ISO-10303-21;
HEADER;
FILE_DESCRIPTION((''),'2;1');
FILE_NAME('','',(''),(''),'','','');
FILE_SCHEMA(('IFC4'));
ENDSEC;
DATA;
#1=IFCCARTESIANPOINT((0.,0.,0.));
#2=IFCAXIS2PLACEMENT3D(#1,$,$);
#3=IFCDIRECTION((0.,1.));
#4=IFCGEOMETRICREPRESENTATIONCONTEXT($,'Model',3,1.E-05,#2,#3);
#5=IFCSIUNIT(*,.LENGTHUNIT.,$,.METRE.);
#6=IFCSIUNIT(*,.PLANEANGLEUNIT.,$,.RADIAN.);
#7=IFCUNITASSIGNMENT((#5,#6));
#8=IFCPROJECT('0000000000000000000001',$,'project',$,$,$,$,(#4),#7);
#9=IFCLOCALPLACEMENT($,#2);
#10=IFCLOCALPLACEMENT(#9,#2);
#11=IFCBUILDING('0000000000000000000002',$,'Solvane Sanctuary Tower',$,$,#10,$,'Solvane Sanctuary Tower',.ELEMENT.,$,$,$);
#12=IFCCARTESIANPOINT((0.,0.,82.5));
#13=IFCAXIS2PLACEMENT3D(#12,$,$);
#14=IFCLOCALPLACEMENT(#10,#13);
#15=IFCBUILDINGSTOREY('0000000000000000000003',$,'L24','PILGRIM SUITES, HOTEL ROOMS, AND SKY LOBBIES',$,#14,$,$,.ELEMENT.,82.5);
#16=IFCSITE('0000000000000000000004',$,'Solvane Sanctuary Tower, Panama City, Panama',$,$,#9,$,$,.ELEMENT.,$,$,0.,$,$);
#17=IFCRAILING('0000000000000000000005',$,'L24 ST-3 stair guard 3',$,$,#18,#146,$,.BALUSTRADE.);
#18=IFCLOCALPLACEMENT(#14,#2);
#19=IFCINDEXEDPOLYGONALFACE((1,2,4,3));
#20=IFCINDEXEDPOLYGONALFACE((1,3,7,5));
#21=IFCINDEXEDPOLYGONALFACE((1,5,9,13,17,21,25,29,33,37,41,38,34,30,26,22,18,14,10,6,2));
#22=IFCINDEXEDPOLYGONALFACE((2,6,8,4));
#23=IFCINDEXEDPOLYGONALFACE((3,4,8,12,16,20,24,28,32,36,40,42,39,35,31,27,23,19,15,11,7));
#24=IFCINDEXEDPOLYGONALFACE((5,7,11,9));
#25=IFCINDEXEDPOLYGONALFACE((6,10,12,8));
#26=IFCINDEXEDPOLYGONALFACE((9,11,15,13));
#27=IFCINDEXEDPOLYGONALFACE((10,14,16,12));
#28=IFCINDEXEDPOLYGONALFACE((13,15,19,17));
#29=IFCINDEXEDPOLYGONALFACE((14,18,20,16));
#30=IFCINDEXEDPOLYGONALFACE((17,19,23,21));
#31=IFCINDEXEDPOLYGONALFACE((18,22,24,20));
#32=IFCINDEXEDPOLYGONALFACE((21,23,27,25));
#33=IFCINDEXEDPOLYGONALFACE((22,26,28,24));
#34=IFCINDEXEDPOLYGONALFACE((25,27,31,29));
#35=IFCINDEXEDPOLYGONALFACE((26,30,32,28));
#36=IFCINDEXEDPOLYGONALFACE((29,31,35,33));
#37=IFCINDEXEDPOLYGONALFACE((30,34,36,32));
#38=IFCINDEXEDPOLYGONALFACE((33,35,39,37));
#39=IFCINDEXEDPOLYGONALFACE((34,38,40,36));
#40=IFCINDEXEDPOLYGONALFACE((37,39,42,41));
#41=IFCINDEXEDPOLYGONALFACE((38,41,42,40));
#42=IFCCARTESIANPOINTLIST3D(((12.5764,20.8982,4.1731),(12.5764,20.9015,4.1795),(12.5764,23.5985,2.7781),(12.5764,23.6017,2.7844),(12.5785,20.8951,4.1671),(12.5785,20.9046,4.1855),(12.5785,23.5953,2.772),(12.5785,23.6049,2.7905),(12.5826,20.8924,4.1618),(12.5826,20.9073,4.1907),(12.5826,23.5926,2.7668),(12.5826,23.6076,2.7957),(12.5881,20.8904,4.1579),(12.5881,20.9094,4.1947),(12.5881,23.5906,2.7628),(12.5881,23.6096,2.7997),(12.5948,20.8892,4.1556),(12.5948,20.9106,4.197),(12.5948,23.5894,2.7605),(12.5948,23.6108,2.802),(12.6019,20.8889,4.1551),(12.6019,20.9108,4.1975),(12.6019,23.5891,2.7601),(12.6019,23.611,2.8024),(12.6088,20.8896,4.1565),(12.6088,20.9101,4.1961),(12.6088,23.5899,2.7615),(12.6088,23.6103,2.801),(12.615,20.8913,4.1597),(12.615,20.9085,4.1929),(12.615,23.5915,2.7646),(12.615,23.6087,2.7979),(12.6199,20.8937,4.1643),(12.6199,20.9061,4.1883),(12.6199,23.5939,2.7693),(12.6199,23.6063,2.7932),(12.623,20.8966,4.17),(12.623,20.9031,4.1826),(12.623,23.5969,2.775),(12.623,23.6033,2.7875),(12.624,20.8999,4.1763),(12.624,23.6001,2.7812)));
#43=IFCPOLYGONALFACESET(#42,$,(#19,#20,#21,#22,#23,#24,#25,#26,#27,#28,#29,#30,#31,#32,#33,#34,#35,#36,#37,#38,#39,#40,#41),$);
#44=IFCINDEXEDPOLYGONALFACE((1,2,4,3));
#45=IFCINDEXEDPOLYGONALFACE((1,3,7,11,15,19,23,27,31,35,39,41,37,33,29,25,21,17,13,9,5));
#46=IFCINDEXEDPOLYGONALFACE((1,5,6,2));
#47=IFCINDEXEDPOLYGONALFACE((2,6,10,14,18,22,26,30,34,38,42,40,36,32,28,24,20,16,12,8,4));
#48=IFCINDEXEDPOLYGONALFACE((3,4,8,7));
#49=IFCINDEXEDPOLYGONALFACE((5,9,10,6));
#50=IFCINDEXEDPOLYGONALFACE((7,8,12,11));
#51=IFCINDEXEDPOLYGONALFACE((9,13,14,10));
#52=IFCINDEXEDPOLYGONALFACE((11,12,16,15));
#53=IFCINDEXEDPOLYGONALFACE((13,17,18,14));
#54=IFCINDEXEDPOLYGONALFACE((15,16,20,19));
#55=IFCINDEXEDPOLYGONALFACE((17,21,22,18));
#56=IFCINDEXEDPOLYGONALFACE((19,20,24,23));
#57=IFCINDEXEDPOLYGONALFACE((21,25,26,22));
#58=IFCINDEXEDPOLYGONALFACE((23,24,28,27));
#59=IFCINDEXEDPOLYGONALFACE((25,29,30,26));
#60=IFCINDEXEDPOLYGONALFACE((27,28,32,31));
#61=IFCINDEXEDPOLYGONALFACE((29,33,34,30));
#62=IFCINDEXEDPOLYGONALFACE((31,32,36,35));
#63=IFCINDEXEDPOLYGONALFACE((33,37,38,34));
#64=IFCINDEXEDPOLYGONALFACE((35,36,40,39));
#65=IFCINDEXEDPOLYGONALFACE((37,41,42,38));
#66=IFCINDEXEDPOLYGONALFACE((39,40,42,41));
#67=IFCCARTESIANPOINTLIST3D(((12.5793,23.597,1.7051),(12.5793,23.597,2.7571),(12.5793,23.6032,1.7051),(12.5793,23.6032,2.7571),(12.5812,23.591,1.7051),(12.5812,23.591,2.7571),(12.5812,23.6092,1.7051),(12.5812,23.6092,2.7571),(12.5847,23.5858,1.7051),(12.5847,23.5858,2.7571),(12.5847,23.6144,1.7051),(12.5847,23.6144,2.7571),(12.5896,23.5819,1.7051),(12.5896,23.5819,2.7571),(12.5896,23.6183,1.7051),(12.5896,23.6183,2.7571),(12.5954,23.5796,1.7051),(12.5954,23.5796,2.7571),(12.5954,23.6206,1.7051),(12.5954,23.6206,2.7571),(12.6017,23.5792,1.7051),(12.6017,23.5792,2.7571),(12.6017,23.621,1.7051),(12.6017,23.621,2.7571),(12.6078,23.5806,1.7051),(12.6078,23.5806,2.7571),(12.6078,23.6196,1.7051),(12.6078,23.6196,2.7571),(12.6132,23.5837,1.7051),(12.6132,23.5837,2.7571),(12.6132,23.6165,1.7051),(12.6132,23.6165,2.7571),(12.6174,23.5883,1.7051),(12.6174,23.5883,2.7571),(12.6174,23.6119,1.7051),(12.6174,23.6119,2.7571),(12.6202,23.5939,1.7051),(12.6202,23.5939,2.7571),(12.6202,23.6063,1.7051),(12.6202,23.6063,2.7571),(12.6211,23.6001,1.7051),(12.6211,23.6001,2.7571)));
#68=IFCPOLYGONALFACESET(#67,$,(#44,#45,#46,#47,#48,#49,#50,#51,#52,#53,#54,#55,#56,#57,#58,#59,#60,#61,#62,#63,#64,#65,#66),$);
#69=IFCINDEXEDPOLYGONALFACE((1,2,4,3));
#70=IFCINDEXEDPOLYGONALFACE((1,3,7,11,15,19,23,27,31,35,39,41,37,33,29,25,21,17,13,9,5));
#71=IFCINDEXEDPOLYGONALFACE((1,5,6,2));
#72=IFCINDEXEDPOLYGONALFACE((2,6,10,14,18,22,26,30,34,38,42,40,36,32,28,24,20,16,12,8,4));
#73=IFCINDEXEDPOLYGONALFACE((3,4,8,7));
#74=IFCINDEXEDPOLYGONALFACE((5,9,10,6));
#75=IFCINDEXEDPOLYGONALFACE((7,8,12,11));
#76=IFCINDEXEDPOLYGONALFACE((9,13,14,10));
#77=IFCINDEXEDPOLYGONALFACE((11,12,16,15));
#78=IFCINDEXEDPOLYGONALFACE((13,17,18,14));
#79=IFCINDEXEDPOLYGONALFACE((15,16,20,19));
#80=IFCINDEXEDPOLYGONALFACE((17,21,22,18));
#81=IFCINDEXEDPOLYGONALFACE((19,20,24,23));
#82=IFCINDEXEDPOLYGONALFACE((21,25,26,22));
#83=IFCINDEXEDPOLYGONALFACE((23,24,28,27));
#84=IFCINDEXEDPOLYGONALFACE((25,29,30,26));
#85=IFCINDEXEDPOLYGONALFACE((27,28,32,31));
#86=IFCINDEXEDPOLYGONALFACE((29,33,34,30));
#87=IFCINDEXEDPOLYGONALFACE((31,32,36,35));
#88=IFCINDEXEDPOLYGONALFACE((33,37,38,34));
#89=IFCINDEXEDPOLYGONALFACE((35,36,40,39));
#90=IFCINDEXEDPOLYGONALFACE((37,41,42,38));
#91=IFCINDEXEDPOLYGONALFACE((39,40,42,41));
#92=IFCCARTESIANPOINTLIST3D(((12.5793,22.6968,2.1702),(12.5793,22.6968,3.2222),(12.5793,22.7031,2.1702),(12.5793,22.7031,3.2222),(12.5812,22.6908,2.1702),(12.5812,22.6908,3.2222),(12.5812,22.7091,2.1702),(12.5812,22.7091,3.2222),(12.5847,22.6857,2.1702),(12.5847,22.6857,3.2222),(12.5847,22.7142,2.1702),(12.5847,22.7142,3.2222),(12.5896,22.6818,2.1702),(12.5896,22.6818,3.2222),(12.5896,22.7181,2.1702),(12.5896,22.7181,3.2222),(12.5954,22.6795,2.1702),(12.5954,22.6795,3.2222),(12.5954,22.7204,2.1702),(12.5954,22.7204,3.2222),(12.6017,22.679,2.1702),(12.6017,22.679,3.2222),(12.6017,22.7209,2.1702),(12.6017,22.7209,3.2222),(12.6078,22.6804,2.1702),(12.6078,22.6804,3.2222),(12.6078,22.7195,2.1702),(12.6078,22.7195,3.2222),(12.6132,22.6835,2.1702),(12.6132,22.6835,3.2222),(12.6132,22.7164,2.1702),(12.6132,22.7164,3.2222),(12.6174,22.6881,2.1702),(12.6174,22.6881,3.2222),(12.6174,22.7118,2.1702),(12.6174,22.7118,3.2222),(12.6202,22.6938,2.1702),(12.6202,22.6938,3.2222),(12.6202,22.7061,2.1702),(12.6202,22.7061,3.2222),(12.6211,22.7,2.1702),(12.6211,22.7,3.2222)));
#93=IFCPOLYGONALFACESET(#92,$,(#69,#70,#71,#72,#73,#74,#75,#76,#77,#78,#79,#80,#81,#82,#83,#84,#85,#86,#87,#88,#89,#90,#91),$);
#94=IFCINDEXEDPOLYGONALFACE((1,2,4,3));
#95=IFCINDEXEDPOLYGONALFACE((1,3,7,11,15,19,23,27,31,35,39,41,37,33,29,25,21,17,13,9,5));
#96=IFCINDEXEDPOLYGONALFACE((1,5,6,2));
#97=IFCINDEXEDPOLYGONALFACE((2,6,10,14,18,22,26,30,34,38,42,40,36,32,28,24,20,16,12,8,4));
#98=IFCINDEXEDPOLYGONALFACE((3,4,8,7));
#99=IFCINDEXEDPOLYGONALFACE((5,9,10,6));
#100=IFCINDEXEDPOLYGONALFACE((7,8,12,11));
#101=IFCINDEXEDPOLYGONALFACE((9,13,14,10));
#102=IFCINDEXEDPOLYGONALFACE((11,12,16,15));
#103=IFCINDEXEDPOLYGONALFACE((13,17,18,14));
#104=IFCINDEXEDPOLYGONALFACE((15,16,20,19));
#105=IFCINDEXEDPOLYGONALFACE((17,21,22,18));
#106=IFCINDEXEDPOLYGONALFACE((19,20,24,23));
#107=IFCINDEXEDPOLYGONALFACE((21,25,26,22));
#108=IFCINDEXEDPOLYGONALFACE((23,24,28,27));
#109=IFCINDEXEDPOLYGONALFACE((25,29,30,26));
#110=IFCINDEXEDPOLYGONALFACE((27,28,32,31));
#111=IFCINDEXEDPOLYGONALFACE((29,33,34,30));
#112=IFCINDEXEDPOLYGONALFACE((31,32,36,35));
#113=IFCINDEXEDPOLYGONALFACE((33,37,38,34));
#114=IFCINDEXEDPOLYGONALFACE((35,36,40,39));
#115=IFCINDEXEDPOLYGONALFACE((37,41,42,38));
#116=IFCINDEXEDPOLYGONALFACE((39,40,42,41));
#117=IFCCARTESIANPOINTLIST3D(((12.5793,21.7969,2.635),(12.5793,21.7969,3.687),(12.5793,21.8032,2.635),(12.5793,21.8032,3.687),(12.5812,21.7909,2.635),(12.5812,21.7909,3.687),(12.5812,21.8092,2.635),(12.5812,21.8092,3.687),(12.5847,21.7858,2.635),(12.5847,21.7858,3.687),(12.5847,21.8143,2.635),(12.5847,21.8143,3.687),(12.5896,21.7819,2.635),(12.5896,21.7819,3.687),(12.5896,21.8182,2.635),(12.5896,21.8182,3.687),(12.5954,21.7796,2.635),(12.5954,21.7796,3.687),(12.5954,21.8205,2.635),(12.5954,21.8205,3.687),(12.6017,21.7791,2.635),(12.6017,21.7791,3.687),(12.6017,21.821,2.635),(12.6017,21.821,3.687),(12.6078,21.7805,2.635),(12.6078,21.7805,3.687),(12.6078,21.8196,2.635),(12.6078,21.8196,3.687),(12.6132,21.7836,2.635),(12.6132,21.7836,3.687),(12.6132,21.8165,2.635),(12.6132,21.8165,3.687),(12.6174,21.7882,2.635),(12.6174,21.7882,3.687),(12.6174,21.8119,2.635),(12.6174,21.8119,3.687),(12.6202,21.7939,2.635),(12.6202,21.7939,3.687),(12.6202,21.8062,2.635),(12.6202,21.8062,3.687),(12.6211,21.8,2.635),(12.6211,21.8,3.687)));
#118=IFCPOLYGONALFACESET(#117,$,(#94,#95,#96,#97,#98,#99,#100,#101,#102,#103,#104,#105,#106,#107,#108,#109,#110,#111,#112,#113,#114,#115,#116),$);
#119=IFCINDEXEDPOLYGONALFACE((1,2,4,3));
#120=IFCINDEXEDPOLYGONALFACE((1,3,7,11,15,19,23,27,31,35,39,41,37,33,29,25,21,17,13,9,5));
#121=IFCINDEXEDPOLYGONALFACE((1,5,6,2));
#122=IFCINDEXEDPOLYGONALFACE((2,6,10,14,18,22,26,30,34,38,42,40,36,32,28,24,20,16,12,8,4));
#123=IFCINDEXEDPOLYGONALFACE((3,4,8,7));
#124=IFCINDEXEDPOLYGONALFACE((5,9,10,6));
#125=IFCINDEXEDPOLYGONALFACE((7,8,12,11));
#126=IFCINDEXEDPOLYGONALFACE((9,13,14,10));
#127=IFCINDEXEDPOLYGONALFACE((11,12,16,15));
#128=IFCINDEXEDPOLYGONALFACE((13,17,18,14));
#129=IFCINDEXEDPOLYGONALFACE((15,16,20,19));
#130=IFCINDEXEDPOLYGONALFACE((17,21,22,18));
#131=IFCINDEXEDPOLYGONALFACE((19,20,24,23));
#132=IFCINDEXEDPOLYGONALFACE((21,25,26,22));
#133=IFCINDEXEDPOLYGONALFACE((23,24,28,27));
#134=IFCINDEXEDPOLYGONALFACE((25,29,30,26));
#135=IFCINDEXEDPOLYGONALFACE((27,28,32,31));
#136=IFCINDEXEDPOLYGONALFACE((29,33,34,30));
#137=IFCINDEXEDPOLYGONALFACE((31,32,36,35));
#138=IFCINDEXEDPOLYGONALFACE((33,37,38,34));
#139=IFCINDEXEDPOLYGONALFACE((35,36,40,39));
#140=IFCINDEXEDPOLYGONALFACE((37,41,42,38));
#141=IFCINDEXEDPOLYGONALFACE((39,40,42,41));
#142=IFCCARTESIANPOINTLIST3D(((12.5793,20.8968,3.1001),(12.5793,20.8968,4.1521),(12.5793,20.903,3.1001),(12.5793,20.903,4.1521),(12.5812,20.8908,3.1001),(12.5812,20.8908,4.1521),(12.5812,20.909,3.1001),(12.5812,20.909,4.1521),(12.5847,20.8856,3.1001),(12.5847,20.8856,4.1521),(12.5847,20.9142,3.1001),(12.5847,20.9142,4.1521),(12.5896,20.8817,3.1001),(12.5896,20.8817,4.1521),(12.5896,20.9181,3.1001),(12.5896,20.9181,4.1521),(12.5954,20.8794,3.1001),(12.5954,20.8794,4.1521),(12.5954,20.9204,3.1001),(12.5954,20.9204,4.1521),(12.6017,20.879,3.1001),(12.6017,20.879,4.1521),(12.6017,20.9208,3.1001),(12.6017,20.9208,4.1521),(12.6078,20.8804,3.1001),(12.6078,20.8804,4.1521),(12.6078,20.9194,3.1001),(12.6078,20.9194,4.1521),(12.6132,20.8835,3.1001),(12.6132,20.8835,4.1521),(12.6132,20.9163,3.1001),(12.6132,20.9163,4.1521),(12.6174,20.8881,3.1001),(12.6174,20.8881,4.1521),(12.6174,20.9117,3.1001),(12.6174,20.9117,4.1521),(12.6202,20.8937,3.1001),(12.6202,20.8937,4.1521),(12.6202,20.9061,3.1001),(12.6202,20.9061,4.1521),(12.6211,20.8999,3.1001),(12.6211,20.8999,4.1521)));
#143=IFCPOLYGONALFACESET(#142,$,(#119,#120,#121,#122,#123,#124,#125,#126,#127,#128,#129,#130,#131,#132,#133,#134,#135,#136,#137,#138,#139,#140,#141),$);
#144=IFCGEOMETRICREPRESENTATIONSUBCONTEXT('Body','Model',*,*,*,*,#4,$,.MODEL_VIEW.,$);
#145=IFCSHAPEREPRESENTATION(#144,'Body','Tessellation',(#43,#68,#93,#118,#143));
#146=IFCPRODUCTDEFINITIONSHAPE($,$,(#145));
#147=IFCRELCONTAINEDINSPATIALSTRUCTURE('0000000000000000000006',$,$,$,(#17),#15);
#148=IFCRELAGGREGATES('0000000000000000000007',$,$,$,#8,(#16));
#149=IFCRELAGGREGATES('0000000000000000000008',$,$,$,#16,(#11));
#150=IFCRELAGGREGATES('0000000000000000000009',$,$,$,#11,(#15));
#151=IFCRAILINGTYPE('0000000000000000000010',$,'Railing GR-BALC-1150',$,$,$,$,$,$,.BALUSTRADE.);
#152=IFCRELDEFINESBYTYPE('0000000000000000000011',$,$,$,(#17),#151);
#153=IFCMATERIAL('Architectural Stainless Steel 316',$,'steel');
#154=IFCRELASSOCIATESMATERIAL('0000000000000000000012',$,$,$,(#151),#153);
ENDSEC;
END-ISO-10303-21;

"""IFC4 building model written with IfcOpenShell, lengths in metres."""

from ifc_helpers import new_model, si_unit, direction, frame, origin, origin_2d, place, context, subcontext, project, spatial, circle, extrude, material, type_object, element, save


model = new_model("IFC4")

# Units and contexts
model_context = context("Model", 3, precision=1e-05, world=origin(), true_north=direction((0.0, 1.0)))
body_context = subcontext(model_context, "Body", "Model", "MODEL_VIEW")
ifc_project = project(units=[si_unit("LENGTHUNIT", "METRE"), si_unit("PLANEANGLEUNIT", "RADIAN")], contexts=[model_context])

# Site, building, storey
site_placement = place(None, origin())
site = spatial("IfcSite", under=ifc_project, at=site_placement, Name="Solvane Sanctuary Tower, Panama City, Panama", CompositionType="ELEMENT", RefElevation=0.0)
building_placement = place(site_placement, origin())
building = spatial("IfcBuilding", under=site, at=building_placement, Name="Solvane Sanctuary Tower", LongName="Solvane Sanctuary Tower", CompositionType="ELEMENT")
storey_placement = place(building_placement, frame((0.0, 0.0, 82.5)))
storey = spatial("IfcBuildingStorey", under=building, at=storey_placement, Name="L24", Description="PILGRIM SUITES, HOTEL ROOMS, AND SKY LOBBIES", CompositionType="ELEMENT", Elevation=82.5)

# Shared definitions
ifc_material_1 = material(Name="Architectural Stainless Steel 316", Category="steel")

# Railing
railing_type_1 = type_object("IfcRailingType", Name="Railing GR-BALC-1150", PredefinedType="BALUSTRADE", material=ifc_material_1)
railing_1_placement = place(storey_placement, frame((12.6001, 23.6001, 1.7051)))
element("IfcRailing", 1, at=railing_1_placement, inside=storey, type_object=railing_type_1, Name="L24 ST-3 stair guard 3", PredefinedType="BALUSTRADE", context=body_context, shape_type="SweptSolid", body=[
    extrude(circle(Radius=0.0239, at=origin_2d()), frame((0.0, 0.0, 1.0762), z_axis=(0.0, -0.888437, 0.458999), x_axis=(1.0, 0.0, 0.0)), (0.0, 0.0, 1.0), 3.0393),
    extrude(circle(Radius=0.021, at=origin_2d()), origin(), (0.0, 0.0, 1.0), 1.052),
    extrude(circle(Radius=0.021, at=origin_2d()), frame((0.0, -0.9001, 0.4651)), (0.0, 0.0, 1.0), 1.052),
    extrude(circle(Radius=0.021, at=origin_2d()), frame((0.0, -1.8, 0.9299)), (0.0, 0.0, 1.0), 1.052),
    extrude(circle(Radius=0.021, at=origin_2d()), frame((0.0, -2.7002, 1.395)), (0.0, 0.0, 1.0), 1.052),
])

save(model, "model.ifc")
